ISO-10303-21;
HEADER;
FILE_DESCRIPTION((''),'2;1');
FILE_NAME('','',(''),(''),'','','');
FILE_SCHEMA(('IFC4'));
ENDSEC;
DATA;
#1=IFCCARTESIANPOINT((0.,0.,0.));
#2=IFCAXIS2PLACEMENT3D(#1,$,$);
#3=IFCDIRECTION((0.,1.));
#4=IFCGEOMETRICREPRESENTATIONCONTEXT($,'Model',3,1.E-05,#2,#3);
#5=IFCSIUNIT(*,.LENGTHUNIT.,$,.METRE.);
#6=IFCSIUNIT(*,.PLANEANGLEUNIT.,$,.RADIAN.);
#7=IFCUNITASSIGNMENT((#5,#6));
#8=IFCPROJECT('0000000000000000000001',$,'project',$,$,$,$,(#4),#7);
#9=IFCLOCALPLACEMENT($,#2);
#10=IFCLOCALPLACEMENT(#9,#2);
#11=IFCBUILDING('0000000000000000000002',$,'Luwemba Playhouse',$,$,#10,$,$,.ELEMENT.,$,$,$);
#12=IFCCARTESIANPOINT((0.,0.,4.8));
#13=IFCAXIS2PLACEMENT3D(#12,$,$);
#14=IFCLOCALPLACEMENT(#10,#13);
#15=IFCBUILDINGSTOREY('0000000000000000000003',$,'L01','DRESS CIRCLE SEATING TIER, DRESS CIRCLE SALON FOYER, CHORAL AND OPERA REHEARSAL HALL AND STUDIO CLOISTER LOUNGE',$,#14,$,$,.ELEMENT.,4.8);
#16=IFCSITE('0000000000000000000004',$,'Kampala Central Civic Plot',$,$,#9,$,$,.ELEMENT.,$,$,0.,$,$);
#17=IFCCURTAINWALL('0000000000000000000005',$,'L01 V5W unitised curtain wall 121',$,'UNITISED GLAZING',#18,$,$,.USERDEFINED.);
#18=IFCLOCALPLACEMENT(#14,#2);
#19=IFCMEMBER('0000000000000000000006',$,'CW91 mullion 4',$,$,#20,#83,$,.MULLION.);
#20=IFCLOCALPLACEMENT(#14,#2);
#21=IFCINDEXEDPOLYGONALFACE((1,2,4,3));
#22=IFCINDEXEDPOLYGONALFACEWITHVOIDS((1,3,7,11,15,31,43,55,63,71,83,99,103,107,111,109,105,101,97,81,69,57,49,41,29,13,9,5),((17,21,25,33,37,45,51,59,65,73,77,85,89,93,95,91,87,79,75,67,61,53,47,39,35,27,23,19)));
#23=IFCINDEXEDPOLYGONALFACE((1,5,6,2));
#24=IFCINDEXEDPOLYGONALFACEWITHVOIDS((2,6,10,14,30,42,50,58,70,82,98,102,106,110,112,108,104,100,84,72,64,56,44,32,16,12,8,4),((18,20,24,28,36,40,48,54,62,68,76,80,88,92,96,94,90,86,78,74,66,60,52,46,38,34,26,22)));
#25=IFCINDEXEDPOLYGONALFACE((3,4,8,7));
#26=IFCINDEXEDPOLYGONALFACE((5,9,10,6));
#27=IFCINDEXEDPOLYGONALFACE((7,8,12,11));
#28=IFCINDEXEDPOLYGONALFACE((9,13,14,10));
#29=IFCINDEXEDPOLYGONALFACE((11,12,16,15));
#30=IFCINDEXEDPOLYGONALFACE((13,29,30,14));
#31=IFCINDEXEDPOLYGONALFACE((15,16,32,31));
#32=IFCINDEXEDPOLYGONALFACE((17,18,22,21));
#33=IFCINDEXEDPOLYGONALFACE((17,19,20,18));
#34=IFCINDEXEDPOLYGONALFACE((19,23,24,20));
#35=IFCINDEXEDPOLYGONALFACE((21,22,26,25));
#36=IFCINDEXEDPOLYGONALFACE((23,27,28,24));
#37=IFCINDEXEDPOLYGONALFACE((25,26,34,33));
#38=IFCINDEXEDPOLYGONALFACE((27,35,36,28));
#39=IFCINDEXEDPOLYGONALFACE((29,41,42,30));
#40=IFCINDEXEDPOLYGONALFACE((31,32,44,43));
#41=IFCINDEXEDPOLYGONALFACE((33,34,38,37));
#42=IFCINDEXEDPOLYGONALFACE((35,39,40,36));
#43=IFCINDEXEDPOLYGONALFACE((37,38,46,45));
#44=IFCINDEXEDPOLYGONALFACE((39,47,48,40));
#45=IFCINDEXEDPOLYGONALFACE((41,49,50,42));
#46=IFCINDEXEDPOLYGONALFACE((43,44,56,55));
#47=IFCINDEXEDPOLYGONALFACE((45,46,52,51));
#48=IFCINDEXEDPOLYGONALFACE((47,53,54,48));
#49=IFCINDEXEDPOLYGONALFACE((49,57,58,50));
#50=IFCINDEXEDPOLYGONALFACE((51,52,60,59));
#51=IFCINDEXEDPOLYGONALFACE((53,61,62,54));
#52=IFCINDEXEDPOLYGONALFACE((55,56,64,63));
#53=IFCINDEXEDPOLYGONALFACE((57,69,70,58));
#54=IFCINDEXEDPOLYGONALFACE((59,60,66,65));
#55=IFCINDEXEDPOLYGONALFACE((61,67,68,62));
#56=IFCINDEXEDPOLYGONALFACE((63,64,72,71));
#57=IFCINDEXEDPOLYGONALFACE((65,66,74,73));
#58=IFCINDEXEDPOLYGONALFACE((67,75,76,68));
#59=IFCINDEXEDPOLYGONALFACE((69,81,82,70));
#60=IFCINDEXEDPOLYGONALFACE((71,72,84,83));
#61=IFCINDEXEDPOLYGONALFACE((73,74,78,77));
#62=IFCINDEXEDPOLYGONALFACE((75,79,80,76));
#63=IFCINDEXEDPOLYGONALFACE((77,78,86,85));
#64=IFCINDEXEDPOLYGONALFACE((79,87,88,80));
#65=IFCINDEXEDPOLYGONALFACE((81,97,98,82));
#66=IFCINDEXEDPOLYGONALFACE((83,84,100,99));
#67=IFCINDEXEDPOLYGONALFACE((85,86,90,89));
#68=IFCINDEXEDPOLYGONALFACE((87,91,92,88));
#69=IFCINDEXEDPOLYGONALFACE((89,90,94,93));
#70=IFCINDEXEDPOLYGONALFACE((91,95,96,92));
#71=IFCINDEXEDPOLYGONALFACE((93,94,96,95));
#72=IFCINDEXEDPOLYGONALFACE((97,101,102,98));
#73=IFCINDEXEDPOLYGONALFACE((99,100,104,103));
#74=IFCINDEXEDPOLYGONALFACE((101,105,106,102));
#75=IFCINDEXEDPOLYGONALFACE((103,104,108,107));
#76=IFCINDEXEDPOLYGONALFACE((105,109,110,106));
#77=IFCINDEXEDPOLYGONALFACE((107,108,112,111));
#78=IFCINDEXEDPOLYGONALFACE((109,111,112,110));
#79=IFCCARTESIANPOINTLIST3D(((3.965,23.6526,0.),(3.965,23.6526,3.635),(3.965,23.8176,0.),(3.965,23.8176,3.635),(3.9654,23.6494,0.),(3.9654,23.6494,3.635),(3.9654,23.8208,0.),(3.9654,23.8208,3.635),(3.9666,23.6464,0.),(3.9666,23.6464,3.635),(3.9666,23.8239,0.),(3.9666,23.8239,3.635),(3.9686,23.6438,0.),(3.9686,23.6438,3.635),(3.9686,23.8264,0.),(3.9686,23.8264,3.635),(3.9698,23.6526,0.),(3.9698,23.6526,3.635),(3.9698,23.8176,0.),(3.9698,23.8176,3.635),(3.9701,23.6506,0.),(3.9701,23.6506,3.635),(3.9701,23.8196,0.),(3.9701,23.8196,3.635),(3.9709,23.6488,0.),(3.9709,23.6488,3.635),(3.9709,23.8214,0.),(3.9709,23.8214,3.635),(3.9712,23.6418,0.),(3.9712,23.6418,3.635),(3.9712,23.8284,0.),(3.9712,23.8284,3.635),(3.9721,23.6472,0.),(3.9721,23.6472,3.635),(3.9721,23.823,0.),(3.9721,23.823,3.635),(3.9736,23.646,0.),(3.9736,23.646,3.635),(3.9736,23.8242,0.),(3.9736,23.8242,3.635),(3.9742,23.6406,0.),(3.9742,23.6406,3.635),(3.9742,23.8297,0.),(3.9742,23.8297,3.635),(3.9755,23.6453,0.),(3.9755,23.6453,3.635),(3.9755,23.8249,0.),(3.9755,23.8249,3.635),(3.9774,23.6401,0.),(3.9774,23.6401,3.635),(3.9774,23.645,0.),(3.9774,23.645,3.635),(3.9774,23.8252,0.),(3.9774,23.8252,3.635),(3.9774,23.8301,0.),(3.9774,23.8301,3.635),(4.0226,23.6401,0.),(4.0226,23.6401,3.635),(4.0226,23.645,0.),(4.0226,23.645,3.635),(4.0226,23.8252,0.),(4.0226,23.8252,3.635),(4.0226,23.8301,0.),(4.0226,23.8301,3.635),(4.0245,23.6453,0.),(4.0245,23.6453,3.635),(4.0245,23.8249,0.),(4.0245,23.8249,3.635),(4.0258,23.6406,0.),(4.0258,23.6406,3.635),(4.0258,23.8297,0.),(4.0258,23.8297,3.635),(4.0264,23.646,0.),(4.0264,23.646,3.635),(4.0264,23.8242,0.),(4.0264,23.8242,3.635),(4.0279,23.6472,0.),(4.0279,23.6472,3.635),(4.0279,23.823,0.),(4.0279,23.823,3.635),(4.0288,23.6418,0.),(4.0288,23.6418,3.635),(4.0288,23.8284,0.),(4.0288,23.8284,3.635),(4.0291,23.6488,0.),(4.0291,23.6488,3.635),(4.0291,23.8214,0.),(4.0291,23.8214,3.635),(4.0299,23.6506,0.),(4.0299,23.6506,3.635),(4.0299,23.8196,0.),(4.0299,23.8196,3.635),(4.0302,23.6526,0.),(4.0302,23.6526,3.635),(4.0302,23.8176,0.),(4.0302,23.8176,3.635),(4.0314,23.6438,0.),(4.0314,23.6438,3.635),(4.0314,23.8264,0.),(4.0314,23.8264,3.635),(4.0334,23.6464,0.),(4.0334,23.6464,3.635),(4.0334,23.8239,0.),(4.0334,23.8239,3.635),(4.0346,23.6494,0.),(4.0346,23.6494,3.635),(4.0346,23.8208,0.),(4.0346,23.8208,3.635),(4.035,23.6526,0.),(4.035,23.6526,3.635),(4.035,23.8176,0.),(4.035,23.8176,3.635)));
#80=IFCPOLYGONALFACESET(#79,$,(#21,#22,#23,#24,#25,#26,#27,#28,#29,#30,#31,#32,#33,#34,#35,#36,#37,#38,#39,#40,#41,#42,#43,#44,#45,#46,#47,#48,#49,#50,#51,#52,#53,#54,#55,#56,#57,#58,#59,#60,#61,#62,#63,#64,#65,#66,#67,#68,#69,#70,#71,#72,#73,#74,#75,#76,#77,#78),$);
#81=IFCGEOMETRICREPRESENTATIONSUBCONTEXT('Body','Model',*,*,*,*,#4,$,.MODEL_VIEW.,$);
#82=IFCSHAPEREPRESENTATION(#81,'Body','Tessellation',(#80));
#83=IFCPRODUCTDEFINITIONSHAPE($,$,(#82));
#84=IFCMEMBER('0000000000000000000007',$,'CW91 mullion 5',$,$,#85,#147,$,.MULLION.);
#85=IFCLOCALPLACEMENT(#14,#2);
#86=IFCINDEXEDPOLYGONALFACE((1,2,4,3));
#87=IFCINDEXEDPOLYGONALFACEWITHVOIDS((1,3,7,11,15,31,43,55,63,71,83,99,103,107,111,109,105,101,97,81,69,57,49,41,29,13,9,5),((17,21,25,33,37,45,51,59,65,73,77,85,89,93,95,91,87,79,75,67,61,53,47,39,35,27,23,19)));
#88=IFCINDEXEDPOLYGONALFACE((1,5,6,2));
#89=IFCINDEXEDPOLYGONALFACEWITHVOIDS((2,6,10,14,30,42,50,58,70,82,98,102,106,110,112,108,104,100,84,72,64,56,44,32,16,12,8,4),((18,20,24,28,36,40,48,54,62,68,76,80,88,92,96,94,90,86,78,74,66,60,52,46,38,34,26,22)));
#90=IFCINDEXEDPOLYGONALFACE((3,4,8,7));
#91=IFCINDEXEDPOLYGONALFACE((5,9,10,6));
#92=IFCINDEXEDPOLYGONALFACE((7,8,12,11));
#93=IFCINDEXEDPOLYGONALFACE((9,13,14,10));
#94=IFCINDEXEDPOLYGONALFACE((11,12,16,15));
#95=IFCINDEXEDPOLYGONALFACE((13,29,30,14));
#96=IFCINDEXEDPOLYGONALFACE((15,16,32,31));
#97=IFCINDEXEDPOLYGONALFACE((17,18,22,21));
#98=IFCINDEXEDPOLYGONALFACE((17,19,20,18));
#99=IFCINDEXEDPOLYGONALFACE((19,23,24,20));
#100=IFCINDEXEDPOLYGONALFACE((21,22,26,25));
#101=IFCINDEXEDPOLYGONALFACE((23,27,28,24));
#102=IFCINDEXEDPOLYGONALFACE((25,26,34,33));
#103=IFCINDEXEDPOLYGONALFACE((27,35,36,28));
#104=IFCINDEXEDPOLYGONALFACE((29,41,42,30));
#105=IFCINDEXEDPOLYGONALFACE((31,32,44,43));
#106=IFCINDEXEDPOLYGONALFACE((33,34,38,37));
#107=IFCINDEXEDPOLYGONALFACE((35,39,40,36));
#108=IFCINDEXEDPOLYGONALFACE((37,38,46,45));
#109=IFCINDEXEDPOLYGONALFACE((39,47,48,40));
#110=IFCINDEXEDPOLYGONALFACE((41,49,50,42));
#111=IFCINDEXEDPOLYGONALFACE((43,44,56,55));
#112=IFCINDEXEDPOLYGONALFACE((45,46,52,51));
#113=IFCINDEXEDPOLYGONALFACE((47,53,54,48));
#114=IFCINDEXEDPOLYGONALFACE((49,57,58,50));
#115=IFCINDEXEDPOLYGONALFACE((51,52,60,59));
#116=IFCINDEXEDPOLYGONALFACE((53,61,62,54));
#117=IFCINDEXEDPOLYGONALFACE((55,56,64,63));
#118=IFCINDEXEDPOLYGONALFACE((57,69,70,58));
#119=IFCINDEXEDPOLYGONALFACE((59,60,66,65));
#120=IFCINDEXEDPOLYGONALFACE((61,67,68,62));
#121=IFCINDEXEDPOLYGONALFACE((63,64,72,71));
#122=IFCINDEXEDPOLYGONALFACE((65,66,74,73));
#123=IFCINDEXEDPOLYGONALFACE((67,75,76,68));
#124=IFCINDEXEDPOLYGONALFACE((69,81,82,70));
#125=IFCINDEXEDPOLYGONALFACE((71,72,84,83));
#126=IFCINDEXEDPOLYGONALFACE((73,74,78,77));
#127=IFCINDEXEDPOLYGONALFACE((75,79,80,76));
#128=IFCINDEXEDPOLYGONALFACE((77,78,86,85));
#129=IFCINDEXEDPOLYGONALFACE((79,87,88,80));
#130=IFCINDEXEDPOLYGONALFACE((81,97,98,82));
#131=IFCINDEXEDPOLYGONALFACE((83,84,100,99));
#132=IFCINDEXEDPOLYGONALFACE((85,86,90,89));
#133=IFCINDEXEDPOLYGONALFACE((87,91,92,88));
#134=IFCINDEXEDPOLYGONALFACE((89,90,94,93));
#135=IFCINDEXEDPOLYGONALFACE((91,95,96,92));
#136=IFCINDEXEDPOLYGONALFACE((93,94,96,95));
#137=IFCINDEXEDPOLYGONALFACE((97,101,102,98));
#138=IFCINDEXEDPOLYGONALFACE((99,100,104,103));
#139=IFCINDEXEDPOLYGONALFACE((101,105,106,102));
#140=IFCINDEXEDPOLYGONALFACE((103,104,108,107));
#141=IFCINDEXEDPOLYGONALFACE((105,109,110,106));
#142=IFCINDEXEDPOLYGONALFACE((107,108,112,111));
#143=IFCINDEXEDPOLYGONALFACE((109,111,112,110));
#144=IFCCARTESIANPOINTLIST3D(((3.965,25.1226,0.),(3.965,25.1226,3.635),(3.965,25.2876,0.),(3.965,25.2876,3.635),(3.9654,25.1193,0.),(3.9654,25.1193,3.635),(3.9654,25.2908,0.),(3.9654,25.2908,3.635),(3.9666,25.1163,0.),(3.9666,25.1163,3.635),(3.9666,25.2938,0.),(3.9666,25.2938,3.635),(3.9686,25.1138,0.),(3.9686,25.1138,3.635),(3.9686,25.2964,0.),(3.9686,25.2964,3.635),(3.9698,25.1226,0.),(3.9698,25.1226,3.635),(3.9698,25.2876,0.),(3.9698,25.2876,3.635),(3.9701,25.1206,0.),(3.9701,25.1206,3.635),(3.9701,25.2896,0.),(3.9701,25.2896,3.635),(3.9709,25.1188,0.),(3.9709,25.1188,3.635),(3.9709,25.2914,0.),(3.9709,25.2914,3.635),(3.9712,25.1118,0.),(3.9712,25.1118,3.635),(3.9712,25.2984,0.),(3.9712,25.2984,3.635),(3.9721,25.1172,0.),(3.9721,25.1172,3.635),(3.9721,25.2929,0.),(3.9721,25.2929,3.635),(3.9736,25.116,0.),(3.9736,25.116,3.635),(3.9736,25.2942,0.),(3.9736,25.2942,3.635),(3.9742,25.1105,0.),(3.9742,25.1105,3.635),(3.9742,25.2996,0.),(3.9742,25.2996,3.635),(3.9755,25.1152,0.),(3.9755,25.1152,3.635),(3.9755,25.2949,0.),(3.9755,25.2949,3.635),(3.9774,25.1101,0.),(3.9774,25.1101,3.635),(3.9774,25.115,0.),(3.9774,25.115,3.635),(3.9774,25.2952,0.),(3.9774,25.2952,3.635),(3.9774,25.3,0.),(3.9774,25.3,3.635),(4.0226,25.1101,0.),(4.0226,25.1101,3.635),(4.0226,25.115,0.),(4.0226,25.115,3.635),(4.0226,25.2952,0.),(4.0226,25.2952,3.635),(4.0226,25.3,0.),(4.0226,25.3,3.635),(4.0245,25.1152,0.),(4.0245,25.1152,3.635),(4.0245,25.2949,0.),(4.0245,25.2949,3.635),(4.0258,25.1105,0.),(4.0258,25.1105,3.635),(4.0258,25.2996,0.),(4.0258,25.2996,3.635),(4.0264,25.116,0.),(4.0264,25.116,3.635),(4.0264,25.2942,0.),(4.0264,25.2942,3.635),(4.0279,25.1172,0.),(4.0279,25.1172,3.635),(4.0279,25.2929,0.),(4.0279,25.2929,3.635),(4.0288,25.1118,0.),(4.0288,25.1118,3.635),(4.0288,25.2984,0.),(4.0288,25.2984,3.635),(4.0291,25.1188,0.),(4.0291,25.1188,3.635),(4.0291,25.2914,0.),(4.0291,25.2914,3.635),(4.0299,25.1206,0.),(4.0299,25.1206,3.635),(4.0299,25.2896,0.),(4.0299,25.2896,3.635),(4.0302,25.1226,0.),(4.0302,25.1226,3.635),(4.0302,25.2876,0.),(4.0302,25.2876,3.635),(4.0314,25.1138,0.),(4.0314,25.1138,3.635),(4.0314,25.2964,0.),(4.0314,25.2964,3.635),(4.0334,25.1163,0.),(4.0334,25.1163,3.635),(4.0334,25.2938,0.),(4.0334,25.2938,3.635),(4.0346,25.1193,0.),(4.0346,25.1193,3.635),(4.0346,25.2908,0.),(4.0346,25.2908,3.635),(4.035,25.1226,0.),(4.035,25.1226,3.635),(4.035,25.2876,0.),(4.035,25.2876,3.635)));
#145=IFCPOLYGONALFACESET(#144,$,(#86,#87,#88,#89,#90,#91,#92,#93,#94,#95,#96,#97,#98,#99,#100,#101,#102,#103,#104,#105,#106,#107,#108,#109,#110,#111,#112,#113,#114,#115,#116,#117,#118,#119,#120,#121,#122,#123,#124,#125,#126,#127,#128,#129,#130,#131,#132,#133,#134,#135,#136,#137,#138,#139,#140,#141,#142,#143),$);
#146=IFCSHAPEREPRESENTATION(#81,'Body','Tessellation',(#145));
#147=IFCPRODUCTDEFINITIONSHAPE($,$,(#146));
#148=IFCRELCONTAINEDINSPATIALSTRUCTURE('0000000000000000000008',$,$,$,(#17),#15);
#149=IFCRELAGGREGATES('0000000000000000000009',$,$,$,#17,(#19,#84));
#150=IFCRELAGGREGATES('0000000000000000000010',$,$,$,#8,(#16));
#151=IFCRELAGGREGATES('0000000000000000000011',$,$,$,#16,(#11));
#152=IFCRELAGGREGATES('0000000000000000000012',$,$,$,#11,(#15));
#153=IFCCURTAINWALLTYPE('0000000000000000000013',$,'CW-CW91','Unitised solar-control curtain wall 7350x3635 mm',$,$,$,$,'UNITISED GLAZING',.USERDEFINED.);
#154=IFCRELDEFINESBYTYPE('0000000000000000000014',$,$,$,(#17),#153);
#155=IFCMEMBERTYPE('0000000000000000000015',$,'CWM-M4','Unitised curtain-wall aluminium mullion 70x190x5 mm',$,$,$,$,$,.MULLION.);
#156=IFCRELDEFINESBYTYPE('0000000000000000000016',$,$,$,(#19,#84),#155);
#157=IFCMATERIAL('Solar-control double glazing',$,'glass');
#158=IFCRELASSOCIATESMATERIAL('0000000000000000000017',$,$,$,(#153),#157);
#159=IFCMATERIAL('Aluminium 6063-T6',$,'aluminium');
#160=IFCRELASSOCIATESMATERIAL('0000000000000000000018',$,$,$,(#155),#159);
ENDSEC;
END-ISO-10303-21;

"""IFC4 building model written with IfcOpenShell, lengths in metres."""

from ifc_helpers import new_model, si_unit, direction, frame, origin, origin_2d, place, context, subcontext, project, spatial, hollow_rectangle, extrude, material, material_profile, profile_set, type_object, element, aggregate, save


model = new_model("IFC4")

# Units and contexts
model_context = context("Model", 3, precision=1e-05, world=origin(), true_north=direction((0.0, 1.0)))
body_context = subcontext(model_context, "Body", "Model", "MODEL_VIEW")
ifc_project = project(units=[si_unit("LENGTHUNIT", "METRE"), si_unit("PLANEANGLEUNIT", "RADIAN")], contexts=[model_context])

# Site, building, storey
site_placement = place(None, origin())
site = spatial("IfcSite", under=ifc_project, at=site_placement, Name="Kampala Central Civic Plot", CompositionType="ELEMENT", RefElevation=0.0)
building_placement = place(site_placement, origin())
building = spatial("IfcBuilding", under=site, at=building_placement, Name="Luwemba Playhouse", CompositionType="ELEMENT")
storey_placement = place(building_placement, frame((0.0, 0.0, 4.8)))
storey = spatial("IfcBuildingStorey", under=building, at=storey_placement, Name="L01", Description="DRESS CIRCLE SEATING TIER, DRESS CIRCLE SALON FOYER, CHORAL AND OPERA REHEARSAL HALL AND STUDIO CLOISTER LOUNGE", CompositionType="ELEMENT", Elevation=4.8)

# Shared definitions
ifc_material_1 = material(Name="Solar-control double glazing", Category="glass")
ifc_material_2 = material(Name="Aluminium 6063-T6", Category="aluminium")

# Curtain wall, members
curtain_wall_type_1 = type_object("IfcCurtainWallType", Name="CW-CW91", Description="Unitised solar-control curtain wall 7350x3635 mm", ElementType="UNITISED GLAZING", PredefinedType="USERDEFINED", material=ifc_material_1)
curtain_wall_1_placement = place(storey_placement, origin())
curtain_wall_1 = element("IfcCurtainWall", 1, at=curtain_wall_1_placement, inside=storey, type_object=curtain_wall_type_1, Name="L01 V5W unitised curtain wall 121", ObjectType="UNITISED GLAZING", PredefinedType="USERDEFINED")
ifc_material_profile_1 = material_profile(ifc_material_2, hollow_rectangle(XDim=0.0701, YDim=0.1899, WallThickness=0.0049, InnerFilletRadius=0.0076, OuterFilletRadius=0.0125, at=origin_2d()))
ifc_profile_set_1 = profile_set([ifc_material_profile_1], Name="Aluminium 6063-T6")
member_type_1 = type_object("IfcMemberType", Name="CWM-M4", Description="Unitised curtain-wall aluminium mullion 70x190x5 mm", PredefinedType="MULLION", material=ifc_profile_set_1)
member_1_placement = place(storey_placement, frame((4.0, 23.7351, 0.0), z_axis=(0.0, 0.0, 1.0), x_axis=(-1.0, 0.0, 0.0)))
member_1 = element("IfcMember", 2, at=member_1_placement, type_object=member_type_1, Name="CW91 mullion 4", PredefinedType="MULLION", context=body_context, shape_type="SweptSolid", body=[
    extrude(hollow_rectangle(XDim=0.0701, YDim=0.1899, WallThickness=0.0049, InnerFilletRadius=0.0076, OuterFilletRadius=0.0125, at=origin_2d()), origin(), (0.0, 0.0, 1.0), 3.635),
])
member_2_placement = place(storey_placement, frame((4.0, 25.2051, 0.0), z_axis=(0.0, 0.0, 1.0), x_axis=(-1.0, 0.0, 0.0)))
member_2 = element("IfcMember", 3, at=member_2_placement, type_object=member_type_1, Name="CW91 mullion 5", PredefinedType="MULLION", context=body_context, shape_type="SweptSolid", body=[
    extrude(hollow_rectangle(XDim=0.0701, YDim=0.1899, WallThickness=0.0049, InnerFilletRadius=0.0076, OuterFilletRadius=0.0125, at=origin_2d()), origin(), (0.0, 0.0, 1.0), 3.635),
])

aggregate(curtain_wall_1, [member_1, member_2])

save(model, "model.ifc")
